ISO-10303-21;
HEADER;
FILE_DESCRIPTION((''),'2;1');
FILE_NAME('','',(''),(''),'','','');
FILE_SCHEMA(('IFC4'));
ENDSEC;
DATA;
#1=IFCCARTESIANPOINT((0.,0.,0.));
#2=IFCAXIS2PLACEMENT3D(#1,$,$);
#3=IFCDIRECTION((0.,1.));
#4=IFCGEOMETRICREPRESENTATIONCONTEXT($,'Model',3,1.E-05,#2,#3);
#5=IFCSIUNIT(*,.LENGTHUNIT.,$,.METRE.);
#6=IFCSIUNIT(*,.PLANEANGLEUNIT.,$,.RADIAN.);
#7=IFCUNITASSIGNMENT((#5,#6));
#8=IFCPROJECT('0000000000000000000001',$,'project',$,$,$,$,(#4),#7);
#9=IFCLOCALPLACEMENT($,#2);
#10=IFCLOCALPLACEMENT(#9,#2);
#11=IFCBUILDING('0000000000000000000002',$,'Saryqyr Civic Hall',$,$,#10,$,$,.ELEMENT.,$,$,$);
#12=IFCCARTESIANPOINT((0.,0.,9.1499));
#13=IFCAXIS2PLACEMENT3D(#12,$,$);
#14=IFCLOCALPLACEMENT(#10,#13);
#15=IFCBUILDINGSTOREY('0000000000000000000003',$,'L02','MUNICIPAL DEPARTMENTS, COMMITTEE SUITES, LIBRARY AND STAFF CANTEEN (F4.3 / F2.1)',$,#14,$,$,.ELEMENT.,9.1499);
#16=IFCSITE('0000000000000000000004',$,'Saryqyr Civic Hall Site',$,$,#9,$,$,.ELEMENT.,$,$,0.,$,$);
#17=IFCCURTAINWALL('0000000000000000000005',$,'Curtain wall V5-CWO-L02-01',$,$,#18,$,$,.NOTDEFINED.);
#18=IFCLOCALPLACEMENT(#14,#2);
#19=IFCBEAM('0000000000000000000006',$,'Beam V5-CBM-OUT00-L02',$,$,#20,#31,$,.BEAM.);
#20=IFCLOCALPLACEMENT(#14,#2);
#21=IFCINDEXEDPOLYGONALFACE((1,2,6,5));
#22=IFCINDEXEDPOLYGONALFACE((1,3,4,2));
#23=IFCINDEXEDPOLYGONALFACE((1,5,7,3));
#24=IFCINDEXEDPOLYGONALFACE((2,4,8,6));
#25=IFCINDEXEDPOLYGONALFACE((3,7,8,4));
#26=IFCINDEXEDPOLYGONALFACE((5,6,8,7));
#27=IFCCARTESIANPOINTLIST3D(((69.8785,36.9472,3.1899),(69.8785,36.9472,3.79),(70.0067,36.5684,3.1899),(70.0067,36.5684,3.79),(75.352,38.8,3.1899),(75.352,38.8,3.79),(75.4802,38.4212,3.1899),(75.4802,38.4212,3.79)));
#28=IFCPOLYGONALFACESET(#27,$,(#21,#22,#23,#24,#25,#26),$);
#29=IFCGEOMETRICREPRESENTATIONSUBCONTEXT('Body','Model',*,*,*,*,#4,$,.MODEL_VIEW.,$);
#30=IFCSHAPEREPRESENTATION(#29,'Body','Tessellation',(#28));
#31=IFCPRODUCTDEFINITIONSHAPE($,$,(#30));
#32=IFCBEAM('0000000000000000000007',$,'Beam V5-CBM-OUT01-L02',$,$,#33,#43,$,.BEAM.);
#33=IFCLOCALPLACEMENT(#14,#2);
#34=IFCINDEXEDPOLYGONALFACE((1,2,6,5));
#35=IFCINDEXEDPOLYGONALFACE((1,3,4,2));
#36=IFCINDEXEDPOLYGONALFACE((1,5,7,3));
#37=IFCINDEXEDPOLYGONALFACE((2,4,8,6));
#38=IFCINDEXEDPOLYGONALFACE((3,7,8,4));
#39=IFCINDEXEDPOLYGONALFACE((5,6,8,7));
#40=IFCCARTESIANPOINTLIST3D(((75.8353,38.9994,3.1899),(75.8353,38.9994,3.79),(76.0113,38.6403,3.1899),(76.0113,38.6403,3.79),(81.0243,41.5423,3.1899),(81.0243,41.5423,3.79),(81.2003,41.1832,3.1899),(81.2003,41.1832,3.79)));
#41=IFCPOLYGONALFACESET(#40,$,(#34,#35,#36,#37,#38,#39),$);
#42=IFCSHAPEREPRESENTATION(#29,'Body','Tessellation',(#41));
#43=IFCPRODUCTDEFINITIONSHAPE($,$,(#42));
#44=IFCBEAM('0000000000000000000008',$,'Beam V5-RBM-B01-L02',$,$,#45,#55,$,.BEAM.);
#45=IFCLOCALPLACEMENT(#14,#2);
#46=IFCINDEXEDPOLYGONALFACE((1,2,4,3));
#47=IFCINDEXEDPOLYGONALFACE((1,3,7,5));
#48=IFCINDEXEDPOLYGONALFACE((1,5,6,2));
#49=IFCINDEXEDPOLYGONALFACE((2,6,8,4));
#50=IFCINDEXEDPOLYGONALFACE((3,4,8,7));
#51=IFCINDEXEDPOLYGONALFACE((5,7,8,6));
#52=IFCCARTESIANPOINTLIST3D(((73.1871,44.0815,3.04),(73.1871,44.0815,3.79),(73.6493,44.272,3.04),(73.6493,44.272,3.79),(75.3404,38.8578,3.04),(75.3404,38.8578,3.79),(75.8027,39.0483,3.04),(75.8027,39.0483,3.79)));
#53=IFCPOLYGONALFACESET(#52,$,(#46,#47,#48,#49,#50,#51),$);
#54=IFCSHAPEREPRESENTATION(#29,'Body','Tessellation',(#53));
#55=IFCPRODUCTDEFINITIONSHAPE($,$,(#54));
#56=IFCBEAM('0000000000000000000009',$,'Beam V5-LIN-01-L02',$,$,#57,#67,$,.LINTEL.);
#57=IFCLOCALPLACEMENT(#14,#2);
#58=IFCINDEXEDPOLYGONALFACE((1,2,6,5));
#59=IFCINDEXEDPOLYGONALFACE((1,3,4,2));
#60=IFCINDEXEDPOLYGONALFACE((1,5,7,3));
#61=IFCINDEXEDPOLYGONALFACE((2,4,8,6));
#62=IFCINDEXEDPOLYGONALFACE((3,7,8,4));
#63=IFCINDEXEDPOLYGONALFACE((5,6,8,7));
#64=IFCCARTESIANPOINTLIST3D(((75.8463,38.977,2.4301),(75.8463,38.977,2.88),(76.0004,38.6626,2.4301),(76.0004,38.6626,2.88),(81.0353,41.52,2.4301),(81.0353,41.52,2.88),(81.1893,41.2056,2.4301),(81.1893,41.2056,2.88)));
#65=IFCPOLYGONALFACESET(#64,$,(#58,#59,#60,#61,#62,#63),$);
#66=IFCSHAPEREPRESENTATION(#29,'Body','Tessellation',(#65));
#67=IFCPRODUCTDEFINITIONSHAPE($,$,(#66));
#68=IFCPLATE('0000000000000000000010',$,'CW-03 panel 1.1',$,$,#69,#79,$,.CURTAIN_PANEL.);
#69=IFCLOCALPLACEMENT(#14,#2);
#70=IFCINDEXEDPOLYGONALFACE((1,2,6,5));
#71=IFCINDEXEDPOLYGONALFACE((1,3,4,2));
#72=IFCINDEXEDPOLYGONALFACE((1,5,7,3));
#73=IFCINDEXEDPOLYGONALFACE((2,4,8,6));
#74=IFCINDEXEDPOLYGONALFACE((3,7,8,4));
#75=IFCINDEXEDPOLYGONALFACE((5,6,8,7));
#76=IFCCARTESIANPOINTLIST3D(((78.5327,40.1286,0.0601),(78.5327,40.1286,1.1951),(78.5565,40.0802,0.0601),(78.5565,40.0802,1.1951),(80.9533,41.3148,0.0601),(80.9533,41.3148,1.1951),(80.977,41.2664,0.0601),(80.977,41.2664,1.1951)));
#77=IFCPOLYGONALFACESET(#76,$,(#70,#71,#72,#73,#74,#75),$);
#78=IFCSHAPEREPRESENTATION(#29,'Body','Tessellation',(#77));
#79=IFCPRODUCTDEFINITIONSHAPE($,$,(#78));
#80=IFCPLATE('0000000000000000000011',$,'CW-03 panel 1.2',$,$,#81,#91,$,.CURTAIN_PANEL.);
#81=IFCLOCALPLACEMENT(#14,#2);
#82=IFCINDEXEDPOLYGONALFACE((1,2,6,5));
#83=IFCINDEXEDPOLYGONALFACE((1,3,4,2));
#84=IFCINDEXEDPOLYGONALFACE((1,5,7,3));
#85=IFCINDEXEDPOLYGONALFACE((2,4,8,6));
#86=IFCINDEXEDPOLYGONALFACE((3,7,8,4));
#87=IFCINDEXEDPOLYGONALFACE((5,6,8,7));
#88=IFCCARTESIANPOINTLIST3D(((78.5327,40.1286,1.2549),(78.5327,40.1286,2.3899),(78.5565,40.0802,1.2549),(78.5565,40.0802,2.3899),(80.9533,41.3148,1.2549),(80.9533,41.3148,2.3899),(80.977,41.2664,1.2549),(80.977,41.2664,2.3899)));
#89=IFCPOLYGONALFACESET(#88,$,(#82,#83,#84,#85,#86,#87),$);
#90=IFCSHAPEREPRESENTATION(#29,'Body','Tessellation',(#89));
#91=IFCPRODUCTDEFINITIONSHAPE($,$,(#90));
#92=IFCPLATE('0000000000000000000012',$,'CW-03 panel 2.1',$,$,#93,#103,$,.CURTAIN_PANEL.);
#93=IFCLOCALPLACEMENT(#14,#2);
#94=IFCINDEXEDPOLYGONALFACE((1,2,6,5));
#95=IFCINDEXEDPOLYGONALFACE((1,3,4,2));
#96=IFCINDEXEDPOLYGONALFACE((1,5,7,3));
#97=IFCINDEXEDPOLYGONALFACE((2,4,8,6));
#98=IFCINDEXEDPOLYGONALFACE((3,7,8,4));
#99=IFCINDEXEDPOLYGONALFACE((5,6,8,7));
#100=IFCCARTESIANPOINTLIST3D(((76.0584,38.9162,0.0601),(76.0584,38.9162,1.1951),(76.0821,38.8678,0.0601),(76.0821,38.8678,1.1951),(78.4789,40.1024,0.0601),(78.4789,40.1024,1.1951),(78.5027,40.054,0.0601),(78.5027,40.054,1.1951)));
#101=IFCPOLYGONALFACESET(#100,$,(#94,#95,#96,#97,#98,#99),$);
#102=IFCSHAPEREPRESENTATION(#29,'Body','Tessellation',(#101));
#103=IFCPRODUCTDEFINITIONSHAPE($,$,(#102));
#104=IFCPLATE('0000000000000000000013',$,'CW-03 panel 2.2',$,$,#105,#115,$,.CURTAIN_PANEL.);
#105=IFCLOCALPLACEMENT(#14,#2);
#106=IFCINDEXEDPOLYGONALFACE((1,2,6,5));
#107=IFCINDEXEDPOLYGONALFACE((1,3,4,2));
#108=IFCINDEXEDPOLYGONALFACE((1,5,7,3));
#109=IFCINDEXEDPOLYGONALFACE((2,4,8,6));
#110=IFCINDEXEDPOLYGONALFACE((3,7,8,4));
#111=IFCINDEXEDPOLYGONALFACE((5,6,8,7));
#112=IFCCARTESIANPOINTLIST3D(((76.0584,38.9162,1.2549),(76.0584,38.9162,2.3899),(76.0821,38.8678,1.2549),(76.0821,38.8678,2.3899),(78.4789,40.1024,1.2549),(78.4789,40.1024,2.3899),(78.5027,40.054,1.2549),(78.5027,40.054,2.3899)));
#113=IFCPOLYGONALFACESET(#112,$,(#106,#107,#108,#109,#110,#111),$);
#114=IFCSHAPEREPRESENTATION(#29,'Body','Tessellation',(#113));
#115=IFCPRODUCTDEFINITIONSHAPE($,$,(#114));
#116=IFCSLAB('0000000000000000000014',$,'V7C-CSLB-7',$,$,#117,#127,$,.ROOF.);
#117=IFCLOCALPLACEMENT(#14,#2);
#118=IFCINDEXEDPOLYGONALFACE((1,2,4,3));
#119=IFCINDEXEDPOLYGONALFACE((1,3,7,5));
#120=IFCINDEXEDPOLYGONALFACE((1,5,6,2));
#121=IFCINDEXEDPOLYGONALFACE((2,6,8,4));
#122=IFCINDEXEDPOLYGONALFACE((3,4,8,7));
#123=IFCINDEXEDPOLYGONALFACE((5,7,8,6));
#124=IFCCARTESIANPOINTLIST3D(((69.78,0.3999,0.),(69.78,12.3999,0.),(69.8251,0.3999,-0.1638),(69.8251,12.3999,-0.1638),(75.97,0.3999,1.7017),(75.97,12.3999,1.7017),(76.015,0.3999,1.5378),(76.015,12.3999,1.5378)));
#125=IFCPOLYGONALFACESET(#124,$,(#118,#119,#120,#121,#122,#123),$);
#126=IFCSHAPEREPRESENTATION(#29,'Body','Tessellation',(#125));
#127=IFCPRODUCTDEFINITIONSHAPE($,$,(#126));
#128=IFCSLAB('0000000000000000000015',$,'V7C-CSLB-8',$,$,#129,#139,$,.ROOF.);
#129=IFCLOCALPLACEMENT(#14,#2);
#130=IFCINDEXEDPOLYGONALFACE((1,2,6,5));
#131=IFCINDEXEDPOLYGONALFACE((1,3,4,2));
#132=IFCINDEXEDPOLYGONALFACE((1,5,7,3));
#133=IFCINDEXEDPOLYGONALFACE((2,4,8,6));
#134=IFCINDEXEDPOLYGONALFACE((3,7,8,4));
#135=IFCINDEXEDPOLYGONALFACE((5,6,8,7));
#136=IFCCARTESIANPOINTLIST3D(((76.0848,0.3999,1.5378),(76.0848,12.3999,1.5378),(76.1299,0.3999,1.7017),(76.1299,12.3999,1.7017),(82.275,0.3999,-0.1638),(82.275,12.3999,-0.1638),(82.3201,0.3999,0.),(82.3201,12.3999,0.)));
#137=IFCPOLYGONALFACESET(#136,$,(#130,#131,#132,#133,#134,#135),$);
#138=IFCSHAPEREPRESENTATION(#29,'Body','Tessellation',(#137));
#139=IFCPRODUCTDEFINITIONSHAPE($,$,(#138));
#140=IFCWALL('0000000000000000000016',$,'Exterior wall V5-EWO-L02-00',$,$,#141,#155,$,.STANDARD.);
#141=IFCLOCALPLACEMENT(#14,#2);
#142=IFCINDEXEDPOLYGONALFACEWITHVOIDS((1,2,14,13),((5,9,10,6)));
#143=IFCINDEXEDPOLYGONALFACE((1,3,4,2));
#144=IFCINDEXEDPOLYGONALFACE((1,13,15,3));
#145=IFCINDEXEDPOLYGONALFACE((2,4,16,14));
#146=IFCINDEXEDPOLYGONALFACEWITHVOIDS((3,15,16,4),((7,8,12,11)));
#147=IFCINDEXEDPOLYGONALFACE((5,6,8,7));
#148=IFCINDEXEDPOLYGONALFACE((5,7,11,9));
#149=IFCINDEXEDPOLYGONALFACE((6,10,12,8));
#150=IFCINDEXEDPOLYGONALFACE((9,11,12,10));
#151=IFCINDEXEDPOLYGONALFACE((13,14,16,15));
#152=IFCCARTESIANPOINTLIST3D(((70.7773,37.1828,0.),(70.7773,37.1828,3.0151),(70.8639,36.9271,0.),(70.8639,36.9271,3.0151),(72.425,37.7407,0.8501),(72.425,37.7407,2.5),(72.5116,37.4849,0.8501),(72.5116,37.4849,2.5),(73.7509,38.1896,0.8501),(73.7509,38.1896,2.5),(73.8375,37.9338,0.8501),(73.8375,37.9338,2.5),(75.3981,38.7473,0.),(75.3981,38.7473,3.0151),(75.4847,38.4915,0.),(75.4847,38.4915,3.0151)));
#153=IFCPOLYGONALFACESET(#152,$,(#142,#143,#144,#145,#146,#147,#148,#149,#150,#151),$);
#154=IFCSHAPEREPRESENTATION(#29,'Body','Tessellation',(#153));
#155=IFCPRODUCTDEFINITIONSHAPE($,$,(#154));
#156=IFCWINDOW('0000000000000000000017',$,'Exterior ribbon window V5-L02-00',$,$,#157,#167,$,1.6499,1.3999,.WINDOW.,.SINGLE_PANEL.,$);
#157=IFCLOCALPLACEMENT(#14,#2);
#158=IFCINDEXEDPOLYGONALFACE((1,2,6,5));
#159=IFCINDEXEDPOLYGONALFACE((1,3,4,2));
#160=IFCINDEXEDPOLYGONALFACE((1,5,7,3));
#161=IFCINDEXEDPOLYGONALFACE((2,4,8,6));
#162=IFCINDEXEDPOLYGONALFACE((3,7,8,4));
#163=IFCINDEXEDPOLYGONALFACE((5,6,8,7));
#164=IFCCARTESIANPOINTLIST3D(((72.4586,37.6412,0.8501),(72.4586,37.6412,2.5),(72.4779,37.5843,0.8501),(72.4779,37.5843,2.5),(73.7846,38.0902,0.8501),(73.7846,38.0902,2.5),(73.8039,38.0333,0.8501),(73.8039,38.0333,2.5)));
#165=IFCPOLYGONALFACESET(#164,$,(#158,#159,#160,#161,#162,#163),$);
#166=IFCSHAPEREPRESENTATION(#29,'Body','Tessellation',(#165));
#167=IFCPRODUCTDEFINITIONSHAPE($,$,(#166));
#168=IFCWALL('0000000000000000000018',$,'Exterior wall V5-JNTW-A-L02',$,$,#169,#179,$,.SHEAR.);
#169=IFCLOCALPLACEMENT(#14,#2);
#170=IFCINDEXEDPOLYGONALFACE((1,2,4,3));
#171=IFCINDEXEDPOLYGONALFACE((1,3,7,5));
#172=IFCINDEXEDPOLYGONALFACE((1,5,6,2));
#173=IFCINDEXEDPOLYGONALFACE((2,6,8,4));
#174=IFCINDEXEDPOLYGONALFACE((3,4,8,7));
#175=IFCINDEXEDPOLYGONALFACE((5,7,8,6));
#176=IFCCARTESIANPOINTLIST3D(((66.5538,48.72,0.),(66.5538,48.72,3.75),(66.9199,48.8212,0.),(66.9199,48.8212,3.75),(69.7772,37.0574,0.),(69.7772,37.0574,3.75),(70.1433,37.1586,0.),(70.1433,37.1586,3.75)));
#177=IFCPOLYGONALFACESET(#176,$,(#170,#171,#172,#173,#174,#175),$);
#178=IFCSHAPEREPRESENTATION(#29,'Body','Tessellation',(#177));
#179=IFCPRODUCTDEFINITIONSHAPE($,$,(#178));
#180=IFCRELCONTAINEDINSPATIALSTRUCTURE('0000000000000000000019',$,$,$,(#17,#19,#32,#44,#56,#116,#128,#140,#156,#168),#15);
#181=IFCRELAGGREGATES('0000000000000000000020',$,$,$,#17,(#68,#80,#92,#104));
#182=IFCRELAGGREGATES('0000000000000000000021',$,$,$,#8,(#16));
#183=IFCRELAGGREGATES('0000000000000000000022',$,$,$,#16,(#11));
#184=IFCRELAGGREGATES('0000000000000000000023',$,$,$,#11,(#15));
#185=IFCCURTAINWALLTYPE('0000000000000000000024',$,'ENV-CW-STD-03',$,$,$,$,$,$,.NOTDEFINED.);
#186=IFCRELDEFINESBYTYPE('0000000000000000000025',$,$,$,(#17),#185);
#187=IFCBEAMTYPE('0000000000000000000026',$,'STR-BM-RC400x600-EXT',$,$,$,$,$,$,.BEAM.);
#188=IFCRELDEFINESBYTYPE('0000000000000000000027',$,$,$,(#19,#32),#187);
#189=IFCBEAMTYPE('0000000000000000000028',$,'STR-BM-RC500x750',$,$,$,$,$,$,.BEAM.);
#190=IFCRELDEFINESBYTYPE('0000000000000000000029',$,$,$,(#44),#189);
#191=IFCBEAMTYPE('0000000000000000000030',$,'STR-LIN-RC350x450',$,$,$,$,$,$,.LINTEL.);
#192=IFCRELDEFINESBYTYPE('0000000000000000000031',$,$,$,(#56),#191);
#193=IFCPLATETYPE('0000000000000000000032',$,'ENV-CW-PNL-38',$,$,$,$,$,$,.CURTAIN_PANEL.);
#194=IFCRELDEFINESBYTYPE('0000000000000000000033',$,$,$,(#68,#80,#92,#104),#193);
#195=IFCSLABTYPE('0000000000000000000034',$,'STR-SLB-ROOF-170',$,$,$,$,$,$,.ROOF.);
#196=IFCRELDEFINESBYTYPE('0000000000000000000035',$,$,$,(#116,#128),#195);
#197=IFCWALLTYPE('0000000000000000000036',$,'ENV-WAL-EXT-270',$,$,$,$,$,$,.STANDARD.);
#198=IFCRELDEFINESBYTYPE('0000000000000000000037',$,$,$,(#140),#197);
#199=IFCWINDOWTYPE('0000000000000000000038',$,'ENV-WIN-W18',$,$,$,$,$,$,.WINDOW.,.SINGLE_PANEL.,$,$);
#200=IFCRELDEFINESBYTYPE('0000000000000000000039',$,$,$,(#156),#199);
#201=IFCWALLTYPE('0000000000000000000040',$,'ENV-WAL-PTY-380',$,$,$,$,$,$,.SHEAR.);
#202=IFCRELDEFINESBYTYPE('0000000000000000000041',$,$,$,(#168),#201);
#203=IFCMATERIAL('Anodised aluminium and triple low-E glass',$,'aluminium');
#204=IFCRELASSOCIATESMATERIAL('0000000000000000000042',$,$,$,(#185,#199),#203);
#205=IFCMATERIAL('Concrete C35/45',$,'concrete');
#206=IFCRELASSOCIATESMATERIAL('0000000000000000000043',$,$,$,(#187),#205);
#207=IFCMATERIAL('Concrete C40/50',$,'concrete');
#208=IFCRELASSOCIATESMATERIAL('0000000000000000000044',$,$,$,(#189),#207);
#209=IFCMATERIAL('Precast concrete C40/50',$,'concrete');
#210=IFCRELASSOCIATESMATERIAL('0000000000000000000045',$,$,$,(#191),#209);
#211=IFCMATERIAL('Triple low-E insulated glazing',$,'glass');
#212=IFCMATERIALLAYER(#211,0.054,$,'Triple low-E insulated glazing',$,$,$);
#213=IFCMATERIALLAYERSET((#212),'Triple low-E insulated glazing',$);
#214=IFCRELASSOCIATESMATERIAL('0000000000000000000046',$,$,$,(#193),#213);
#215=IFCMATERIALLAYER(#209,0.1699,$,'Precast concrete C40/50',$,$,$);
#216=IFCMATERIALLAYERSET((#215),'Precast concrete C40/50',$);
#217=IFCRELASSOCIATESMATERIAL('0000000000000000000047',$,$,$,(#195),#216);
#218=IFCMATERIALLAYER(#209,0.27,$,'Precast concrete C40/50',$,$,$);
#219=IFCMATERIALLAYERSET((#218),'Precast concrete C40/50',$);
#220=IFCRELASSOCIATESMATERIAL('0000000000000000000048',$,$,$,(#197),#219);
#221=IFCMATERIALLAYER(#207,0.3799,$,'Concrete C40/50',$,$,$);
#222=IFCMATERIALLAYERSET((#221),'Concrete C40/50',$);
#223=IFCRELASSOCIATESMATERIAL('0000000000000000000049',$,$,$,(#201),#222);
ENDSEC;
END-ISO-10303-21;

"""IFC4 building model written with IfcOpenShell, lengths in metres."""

from ifc_helpers import new_model, si_unit, direction, frame, frame_2d, origin, origin_2d, place, context, subcontext, project, spatial, polyline, rectangle, outline, extrude, material, layer, layer_set, material_profile, profile_set, type_object, element, fill, aggregate, save


model = new_model("IFC4")

# Units and contexts
model_context = context("Model", 3, precision=1e-05, world=origin(), true_north=direction((0.0, 1.0)))
body_context = subcontext(model_context, "Body", "Model", "MODEL_VIEW")
ifc_project = project(units=[si_unit("LENGTHUNIT", "METRE"), si_unit("PLANEANGLEUNIT", "RADIAN")], contexts=[model_context])

# Site, building, storey
site_placement = place(None, origin())
site = spatial("IfcSite", under=ifc_project, at=site_placement, Name="Saryqyr Civic Hall Site", CompositionType="ELEMENT", RefElevation=0.0)
building_placement = place(site_placement, origin())
building = spatial("IfcBuilding", under=site, at=building_placement, Name="Saryqyr Civic Hall", CompositionType="ELEMENT")
storey_placement = place(building_placement, frame((0.0, 0.0, 9.1499)))
storey = spatial("IfcBuildingStorey", under=building, at=storey_placement, Name="L02", Description="MUNICIPAL DEPARTMENTS, COMMITTEE SUITES, LIBRARY AND STAFF CANTEEN (F4.3 / F2.1)", CompositionType="ELEMENT", Elevation=9.1499)

# Shared definitions
ifc_material_1 = material(Name="Concrete C40/50", Category="concrete")
ifc_material_2 = material(Name="Concrete C35/45", Category="concrete")

# Curtain wall
ifc_material_3 = material(Name="Anodised aluminium and triple low-E glass", Category="aluminium")
curtain_wall_type_1 = type_object("IfcCurtainWallType", Name="ENV-CW-STD-03", PredefinedType="NOTDEFINED", material=ifc_material_3)
curtain_wall_1_placement = place(storey_placement, origin())
curtain_wall_1 = element("IfcCurtainWall", 1, at=curtain_wall_1_placement, inside=storey, type_object=curtain_wall_type_1, Name="Curtain wall V5-CWO-L02-01", PredefinedType="NOTDEFINED")

# Beams
ifc_material_profile_1 = material_profile(ifc_material_2, rectangle(XDim=0.3999, YDim=0.6001, at=origin_2d()), Name="RC 400x600")
ifc_profile_set_1 = profile_set([ifc_material_profile_1], Name="Concrete C35/45")
beam_type_1 = type_object("IfcBeamType", Name="STR-BM-RC400x600-EXT", PredefinedType="BEAM", material=ifc_profile_set_1)
for number, where, z_axis, x_axis, name in (
    (2, (69.9426, 36.7578, 3.49), (0.947203, 0.320635, 0.0), (-0.320635, 0.947203, 0.0), "Beam V5-CBM-OUT00-L02"),
    (3, (75.9233, 38.8198, 3.49), (0.897965, 0.440068, 0.0), (-0.440068, 0.897965, 0.0), "Beam V5-CBM-OUT01-L02"),
):
    element("IfcBeam", number, at=place(storey_placement, frame(where, z_axis=z_axis, x_axis=x_axis)), inside=storey, type_object=beam_type_1, Name=name, PredefinedType="BEAM", context=body_context, shape_type="SweptSolid", body=[
        extrude(rectangle(XDim=0.3999, YDim=0.6001, at=origin_2d()), origin(), (0.0, 0.0, 1.0), 5.7786),
    ])
ifc_material_profile_2 = material_profile(ifc_material_1, rectangle(XDim=0.5, YDim=0.75, at=origin_2d()), Name="RC 500x750")
ifc_profile_set_2 = profile_set([ifc_material_profile_2], Name="Concrete C40/50")
beam_type_2 = type_object("IfcBeamType", Name="STR-BM-RC500x750", PredefinedType="BEAM", material=ifc_profile_set_2)
beam_1_placement = place(storey_placement, frame((73.4182, 44.1768, 3.415), z_axis=(0.381115, -0.924528, 0.0), x_axis=(0.924528, 0.381115, 0.0)))
element("IfcBeam", 4, at=beam_1_placement, inside=storey, type_object=beam_type_2, Name="Beam V5-RBM-B01-L02", PredefinedType="BEAM", context=body_context, shape_type="SweptSolid", body=[
    extrude(rectangle(XDim=0.5, YDim=0.75, at=origin_2d()), origin(), (0.0, 0.0, 1.0), 5.6501),
])
ifc_material_4 = material(Name="Precast concrete C40/50", Category="concrete")
ifc_material_profile_3 = material_profile(ifc_material_4, rectangle(XDim=0.3501, YDim=0.45, at=origin_2d()), Name="RC 350x450")
ifc_profile_set_3 = profile_set([ifc_material_profile_3], Name="Precast concrete C40/50")
beam_type_3 = type_object("IfcBeamType", Name="STR-LIN-RC350x450", PredefinedType="LINTEL", material=ifc_profile_set_3)
beam_2_placement = place(storey_placement, frame((75.9233, 38.8198, 2.655), z_axis=(0.897965, 0.440068, 0.0), x_axis=(-0.440068, 0.897965, 0.0)))
element("IfcBeam", 5, at=beam_2_placement, inside=storey, type_object=beam_type_3, Name="Beam V5-LIN-01-L02", PredefinedType="LINTEL", context=body_context, shape_type="SweptSolid", body=[
    extrude(rectangle(XDim=0.3501, YDim=0.45, at=origin_2d()), origin(), (0.0, 0.0, 1.0), 5.7786),
])

# Plates
ifc_material_5 = material(Name="Triple low-E insulated glazing", Category="glass")
ifc_layer_1 = layer(ifc_material_5, 0.054, Name="Triple low-E insulated glazing")
ifc_layer_set_1 = layer_set([ifc_layer_1], Name="Triple low-E insulated glazing")
plate_type = type_object("IfcPlateType", Name="ENV-CW-PNL-38", PredefinedType="CURTAIN_PANEL", material=ifc_layer_set_1)
plate_1_placement = place(storey_placement, frame((79.7549, 40.6975, 0.0601), z_axis=(0.0, 0.0, 1.0), x_axis=(-0.897971, -0.440055, 0.0)))
plate_1 = element("IfcPlate", 6, at=plate_1_placement, type_object=plate_type, Name="CW-03 panel 1.1", PredefinedType="CURTAIN_PANEL", context=body_context, shape_type="SweptSolid", body=[
    extrude(rectangle(XDim=2.6956, YDim=0.054, at=origin_2d()), origin(), (0.0, 0.0, 1.0), 1.135),
])
plate_2_placement = place(storey_placement, frame((79.7549, 40.6975, 1.2549), z_axis=(0.0, 0.0, 1.0), x_axis=(-0.897971, -0.440055, 0.0)))
plate_2 = element("IfcPlate", 7, at=plate_2_placement, type_object=plate_type, Name="CW-03 panel 1.2", PredefinedType="CURTAIN_PANEL", context=body_context, shape_type="SweptSolid", body=[
    extrude(rectangle(XDim=2.6956, YDim=0.054, at=origin_2d()), origin(), (0.0, 0.0, 1.0), 1.135),
])
plate_3_placement = place(storey_placement, frame((77.2805, 39.4851, 0.0601), z_axis=(0.0, 0.0, 1.0), x_axis=(-0.897971, -0.440055, 0.0)))
plate_3 = element("IfcPlate", 8, at=plate_3_placement, type_object=plate_type, Name="CW-03 panel 2.1", PredefinedType="CURTAIN_PANEL", context=body_context, shape_type="SweptSolid", body=[
    extrude(rectangle(XDim=2.6956, YDim=0.054, at=origin_2d()), origin(), (0.0, 0.0, 1.0), 1.135),
])
plate_4_placement = place(storey_placement, frame((77.2805, 39.4851, 1.2549), z_axis=(0.0, 0.0, 1.0), x_axis=(-0.897971, -0.440055, 0.0)))
plate_4 = element("IfcPlate", 9, at=plate_4_placement, type_object=plate_type, Name="CW-03 panel 2.2", PredefinedType="CURTAIN_PANEL", context=body_context, shape_type="SweptSolid", body=[
    extrude(rectangle(XDim=2.6956, YDim=0.054, at=origin_2d()), origin(), (0.0, 0.0, 1.0), 1.135),
])
aggregate(curtain_wall_1, [plate_1, plate_2, plate_3, plate_4])

# Slabs
ifc_layer_2 = layer(ifc_material_4, 0.1699, Name="Precast concrete C40/50")
ifc_layer_set_2 = layer_set([ifc_layer_2], Name="Precast concrete C40/50")
slab_type = type_object("IfcSlabType", Name="STR-SLB-ROOF-170", PredefinedType="ROOF", material=ifc_layer_set_2)
slab_1_placement = place(storey_placement, frame((69.78, 0.3999, 0.0), z_axis=(-0.265073, 0.0, 0.964228), x_axis=(0.964228, 0.0, 0.265073)))
element("IfcSlab", 10, at=slab_1_placement, inside=storey, type_object=slab_type, Name="V7C-CSLB-7", PredefinedType="ROOF", context=body_context, shape_type="SweptSolid", body=[
    extrude(outline(polyline([(0.0, 0.0), (6.4196, 0.0), (6.4196, 12.0), (0.0, 12.0), (0.0, 0.0)])), origin(), (0.0, 0.0, -1.0), 0.1699),
])
slab_2_placement = place(storey_placement, frame((76.1299, 0.3999, 1.7017), z_axis=(0.265064, 0.0, 0.964231), x_axis=(0.964231, 0.0, -0.265064)))
element("IfcSlab", 11, at=slab_2_placement, inside=storey, type_object=slab_type, Name="V7C-CSLB-8", PredefinedType="ROOF", context=body_context, shape_type="SweptSolid", body=[
    extrude(outline(polyline([(0.0, 0.0), (6.4198, 0.0), (6.4198, 12.0), (0.0, 12.0), (0.0, 0.0)])), origin(), (0.0, 0.0, -1.0), 0.1699),
])

# Wall, opening, window
ifc_layer_3 = layer(ifc_material_4, 0.27, Name="Precast concrete C40/50")
ifc_layer_set_3 = layer_set([ifc_layer_3], Name="Precast concrete C40/50")
wall_type_1 = type_object("IfcWallType", Name="ENV-WAL-EXT-270", PredefinedType="STANDARD", material=ifc_layer_set_3)
wall_1_placement = place(storey_placement, frame((75.4414, 38.6194, 0.0), z_axis=(0.0, 0.0, 1.0), x_axis=(-0.947187, -0.320683, 0.0)))
wall_1 = element("IfcWall", 12, at=wall_1_placement, inside=storey, type_object=wall_type_1, Name="Exterior wall V5-EWO-L02-00", PredefinedType="STANDARD", context=body_context, shape_type="SweptSolid", body=[
    extrude(rectangle(XDim=4.8784, YDim=0.27, at=frame_2d((2.4392, 0.0))), origin(), (0.0, 0.0, 1.0), 3.0151),
])
opening_placement = place(wall_1_placement, frame((1.739, 0.0, 0.8501)))
opening = element("IfcOpeningElement", 13, at=opening_placement, cuts=wall_1, PredefinedType="OPENING", context=body_context, shape_type="SweptSolid", body=[
    extrude(rectangle(XDim=1.3999, YDim=1.6499, at=frame_2d((0.7, 0.825))), frame((0.0, 0.145, 0.0), z_axis=(0.0, -1.0, 0.0), x_axis=(1.0, 0.0, 0.0)), (0.0, 0.0, 1.0), 0.29),
])
window_type = type_object("IfcWindowType", Name="ENV-WIN-W18", PartitioningType="SINGLE_PANEL", PredefinedType="WINDOW", material=ifc_material_3)
window_placement = place(opening_placement, origin())
window = element("IfcWindow", 14, at=window_placement, inside=storey, type_object=window_type, Name="Exterior ribbon window V5-L02-00", OverallHeight=1.6499, OverallWidth=1.3999, PartitioningType="SINGLE_PANEL", PredefinedType="WINDOW", context=body_context, shape_type="SweptSolid", body=[
    extrude(rectangle(XDim=1.3999, YDim=1.6499, at=frame_2d((0.7, 0.825))), frame((0.0, 0.03, 0.0), z_axis=(0.0, -1.0, 0.0), x_axis=(1.0, 0.0, 0.0)), (0.0, 0.0, 1.0), 0.0601),
])
fill(opening, window)

# Wall
ifc_layer_4 = layer(ifc_material_1, 0.3799, Name="Concrete C40/50")
ifc_layer_set_4 = layer_set([ifc_layer_4], Name="Concrete C40/50")
wall_type_2 = type_object("IfcWallType", Name="ENV-WAL-PTY-380", PredefinedType="SHEAR", material=ifc_layer_set_4)
wall_2_placement = place(storey_placement, frame((69.9602, 37.1082, 0.0), z_axis=(0.0, 0.0, 1.0), x_axis=(-0.266399, 0.963863, 0.0)))
element("IfcWall", 15, at=wall_2_placement, inside=storey, type_object=wall_type_2, Name="Exterior wall V5-JNTW-A-L02", PredefinedType="SHEAR", context=body_context, shape_type="SweptSolid", body=[
    extrude(rectangle(XDim=12.0999, YDim=0.3799, at=frame_2d((6.0498, 0.0))), origin(), (0.0, 0.0, 1.0), 3.75),
])

save(model, "model.ifc")
